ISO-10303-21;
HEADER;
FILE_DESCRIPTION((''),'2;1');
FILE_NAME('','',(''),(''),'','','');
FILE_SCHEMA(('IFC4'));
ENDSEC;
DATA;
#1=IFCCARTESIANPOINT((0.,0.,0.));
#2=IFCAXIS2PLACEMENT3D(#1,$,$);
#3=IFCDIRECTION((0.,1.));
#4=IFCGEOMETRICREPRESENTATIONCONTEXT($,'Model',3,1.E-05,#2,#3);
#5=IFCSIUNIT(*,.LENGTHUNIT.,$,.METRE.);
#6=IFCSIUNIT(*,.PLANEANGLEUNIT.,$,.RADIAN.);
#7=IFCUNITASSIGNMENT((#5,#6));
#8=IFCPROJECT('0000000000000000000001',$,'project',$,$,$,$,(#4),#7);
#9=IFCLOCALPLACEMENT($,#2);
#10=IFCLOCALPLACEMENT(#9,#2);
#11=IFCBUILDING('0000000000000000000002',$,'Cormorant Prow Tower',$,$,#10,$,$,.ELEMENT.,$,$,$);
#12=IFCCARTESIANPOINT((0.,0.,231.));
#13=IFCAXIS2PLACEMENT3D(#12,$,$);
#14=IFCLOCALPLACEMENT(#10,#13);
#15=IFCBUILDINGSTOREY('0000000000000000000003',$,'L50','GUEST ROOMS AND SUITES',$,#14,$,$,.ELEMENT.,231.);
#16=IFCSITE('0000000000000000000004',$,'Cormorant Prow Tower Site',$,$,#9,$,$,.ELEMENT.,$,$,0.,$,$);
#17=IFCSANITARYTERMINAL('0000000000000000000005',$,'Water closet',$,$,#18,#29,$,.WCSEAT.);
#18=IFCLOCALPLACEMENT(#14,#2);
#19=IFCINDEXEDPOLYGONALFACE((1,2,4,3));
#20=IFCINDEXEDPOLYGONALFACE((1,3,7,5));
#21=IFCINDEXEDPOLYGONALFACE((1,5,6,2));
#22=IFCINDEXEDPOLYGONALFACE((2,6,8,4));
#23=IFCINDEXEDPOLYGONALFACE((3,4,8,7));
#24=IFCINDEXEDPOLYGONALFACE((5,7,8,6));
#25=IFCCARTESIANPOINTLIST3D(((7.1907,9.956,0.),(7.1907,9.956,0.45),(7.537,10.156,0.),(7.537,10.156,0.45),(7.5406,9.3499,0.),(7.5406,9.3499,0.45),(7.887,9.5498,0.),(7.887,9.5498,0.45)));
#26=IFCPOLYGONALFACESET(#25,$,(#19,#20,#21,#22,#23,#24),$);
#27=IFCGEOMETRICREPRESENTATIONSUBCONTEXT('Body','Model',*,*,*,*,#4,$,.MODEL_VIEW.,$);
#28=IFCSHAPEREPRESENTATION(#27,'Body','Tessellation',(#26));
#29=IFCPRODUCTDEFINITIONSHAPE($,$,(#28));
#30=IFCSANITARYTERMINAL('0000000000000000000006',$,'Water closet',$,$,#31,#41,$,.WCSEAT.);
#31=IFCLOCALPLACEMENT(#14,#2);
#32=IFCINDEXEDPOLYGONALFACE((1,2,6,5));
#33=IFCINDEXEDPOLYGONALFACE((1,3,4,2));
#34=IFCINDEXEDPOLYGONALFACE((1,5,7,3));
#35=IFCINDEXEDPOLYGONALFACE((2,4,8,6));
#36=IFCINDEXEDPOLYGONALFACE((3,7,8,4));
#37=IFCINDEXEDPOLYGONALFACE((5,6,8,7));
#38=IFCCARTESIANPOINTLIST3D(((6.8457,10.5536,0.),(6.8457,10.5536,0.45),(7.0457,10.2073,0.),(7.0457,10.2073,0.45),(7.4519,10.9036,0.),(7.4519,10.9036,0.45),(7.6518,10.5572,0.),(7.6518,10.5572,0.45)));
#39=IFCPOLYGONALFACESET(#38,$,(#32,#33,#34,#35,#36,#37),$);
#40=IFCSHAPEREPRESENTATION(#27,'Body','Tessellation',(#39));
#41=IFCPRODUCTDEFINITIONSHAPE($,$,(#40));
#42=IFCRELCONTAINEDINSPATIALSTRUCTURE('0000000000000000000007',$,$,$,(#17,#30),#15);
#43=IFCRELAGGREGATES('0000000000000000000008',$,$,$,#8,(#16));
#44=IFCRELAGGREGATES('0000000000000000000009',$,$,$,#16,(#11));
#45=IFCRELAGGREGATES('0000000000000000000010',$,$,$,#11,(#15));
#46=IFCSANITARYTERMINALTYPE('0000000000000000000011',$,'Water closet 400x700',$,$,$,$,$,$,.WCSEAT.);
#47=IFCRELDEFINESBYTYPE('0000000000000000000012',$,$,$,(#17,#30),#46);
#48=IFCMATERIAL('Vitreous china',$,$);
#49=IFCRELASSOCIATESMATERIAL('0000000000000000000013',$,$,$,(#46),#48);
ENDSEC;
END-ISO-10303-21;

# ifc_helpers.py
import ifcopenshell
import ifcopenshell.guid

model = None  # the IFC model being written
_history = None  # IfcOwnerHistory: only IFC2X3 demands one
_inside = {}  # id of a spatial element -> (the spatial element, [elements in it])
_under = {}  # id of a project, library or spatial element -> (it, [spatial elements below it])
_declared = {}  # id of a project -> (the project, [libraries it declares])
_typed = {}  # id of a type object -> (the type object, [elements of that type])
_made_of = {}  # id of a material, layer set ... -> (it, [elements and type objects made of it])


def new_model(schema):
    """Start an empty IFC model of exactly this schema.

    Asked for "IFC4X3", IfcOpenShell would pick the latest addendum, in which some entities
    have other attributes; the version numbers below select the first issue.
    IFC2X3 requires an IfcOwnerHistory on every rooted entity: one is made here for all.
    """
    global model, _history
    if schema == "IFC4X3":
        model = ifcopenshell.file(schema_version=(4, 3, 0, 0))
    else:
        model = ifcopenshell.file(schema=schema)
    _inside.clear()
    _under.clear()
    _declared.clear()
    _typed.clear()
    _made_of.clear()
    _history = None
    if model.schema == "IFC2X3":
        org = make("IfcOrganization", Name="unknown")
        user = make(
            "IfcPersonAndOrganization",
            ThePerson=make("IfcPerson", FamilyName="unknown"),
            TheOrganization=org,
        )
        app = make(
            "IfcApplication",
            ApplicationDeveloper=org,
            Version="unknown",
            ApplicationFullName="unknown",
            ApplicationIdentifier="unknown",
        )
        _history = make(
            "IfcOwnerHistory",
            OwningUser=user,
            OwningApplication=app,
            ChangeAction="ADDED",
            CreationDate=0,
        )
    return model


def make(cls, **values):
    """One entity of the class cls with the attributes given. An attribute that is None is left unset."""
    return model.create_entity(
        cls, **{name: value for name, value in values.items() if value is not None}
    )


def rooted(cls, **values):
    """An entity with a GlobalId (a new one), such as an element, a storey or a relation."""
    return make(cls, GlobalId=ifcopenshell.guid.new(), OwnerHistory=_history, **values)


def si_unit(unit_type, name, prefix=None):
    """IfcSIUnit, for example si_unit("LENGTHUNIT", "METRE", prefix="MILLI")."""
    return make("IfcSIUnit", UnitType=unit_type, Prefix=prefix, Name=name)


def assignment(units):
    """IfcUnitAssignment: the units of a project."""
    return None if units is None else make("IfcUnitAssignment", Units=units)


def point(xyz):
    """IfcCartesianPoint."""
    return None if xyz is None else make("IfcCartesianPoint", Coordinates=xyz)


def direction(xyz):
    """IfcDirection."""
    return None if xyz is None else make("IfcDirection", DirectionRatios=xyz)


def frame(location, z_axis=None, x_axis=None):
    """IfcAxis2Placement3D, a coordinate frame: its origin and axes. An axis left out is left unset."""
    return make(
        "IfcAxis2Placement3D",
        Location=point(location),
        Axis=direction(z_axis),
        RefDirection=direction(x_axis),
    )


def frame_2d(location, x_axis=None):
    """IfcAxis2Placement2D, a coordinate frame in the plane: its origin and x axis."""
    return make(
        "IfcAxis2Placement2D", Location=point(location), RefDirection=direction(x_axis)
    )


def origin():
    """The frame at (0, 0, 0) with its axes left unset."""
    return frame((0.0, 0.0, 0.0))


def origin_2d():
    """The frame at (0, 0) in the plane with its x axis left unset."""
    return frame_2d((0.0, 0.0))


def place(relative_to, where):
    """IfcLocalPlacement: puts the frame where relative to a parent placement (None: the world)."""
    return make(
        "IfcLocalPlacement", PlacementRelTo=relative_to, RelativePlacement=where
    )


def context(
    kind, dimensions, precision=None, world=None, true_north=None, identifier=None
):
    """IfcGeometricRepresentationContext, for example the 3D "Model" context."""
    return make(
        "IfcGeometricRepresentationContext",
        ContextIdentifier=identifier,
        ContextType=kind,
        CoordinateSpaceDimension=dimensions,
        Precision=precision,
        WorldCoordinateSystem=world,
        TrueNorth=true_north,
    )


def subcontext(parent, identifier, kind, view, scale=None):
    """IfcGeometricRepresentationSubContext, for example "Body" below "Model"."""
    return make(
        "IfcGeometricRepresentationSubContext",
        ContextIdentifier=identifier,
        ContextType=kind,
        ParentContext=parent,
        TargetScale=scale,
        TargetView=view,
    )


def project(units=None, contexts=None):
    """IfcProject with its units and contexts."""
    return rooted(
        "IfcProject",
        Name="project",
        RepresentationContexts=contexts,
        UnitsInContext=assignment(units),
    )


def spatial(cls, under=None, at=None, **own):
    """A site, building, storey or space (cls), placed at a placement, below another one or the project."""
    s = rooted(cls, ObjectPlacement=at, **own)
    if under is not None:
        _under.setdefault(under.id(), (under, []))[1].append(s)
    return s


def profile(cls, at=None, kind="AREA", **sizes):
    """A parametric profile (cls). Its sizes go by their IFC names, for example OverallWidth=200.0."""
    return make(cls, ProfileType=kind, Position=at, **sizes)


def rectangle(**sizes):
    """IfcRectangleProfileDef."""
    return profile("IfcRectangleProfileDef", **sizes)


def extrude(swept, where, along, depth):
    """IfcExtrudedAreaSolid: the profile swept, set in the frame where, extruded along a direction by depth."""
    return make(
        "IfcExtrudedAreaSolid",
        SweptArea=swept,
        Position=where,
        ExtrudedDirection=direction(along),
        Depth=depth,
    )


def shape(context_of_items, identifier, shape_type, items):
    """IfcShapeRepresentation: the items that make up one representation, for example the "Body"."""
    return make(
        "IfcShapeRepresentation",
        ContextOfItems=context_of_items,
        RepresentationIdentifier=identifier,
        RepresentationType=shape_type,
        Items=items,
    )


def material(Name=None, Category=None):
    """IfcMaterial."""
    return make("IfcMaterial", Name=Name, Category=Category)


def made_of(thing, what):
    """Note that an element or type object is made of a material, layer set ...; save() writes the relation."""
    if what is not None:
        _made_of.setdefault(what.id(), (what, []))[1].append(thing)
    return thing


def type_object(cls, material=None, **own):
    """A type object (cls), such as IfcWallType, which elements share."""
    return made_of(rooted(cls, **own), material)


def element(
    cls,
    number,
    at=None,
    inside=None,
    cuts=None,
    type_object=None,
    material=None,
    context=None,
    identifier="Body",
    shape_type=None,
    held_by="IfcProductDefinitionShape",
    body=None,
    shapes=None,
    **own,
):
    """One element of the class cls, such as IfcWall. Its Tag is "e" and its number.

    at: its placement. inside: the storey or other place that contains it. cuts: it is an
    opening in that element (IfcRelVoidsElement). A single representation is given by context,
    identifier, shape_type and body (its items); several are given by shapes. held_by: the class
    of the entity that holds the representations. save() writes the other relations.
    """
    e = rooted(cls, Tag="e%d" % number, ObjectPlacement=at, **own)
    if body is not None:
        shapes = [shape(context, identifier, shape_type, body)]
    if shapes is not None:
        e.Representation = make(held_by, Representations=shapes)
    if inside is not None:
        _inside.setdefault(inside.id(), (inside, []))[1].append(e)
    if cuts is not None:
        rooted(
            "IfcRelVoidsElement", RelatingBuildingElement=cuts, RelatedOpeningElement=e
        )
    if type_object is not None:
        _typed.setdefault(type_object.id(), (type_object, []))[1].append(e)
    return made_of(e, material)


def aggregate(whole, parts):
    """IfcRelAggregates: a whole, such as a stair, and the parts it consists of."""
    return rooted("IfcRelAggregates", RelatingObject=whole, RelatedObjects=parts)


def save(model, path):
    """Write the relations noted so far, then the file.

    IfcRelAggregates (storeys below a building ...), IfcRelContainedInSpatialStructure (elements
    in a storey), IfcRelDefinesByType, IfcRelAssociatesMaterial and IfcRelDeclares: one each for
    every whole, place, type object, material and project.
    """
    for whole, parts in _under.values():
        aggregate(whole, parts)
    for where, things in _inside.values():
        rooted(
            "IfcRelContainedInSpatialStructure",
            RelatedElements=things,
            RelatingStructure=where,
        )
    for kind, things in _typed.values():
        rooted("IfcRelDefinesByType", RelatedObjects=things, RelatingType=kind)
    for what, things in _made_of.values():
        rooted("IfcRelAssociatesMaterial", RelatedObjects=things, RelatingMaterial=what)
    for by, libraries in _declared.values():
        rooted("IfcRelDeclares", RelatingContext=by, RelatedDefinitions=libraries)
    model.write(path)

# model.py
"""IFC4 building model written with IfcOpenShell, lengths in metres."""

from ifc_helpers import new_model, si_unit, direction, frame, origin, origin_2d, place, context, subcontext, project, spatial, rectangle, extrude, material, type_object, element, save


model = new_model("IFC4")

# Units and contexts
model_context = context("Model", 3, precision=1e-05, world=origin(), true_north=direction((0.0, 1.0)))
body_context = subcontext(model_context, "Body", "Model", "MODEL_VIEW")
ifc_project = project(units=[si_unit("LENGTHUNIT", "METRE"), si_unit("PLANEANGLEUNIT", "RADIAN")], contexts=[model_context])

# Site, building, storey
site_placement = place(None, origin())
site = spatial("IfcSite", under=ifc_project, at=site_placement, Name="Cormorant Prow Tower Site", CompositionType="ELEMENT", RefElevation=0.0)
building_placement = place(site_placement, origin())
building = spatial("IfcBuilding", under=site, at=building_placement, Name="Cormorant Prow Tower", CompositionType="ELEMENT")
storey_placement = place(building_placement, frame((0.0, 0.0, 231.0)))
storey = spatial("IfcBuildingStorey", under=building, at=storey_placement, Name="L50", Description="GUEST ROOMS AND SUITES", CompositionType="ELEMENT", Elevation=231.0)

# Sanitary terminals
ifc_material_1 = material(Name="Vitreous china")
sanitary_terminal_type_1 = type_object("IfcSanitaryTerminalType", Name="Water closet 400x700", PredefinedType="WCSEAT", material=ifc_material_1)
for number, where, z_axis, x_axis, name in (
    (1, (7.5388, 9.7529, 0.0), (0.0, 0.0, 1.0), (0.866025, 0.5, 0.0), "Water closet"),
    (2, (7.2488, 10.5554, 0.0), (0.0, 0.0, 1.0), (-0.5, 0.866025, 0.0), "Water closet"),
):
    element("IfcSanitaryTerminal", number, at=place(storey_placement, frame(where, z_axis=z_axis, x_axis=x_axis)), inside=storey, type_object=sanitary_terminal_type_1, Name=name, PredefinedType="WCSEAT", context=body_context, shape_type="SweptSolid", body=[
        extrude(rectangle(XDim=0.3999, YDim=0.7, at=origin_2d()), origin(), (0.0, 0.0, 1.0), 0.45),
    ])

save(model, "model.ifc")
